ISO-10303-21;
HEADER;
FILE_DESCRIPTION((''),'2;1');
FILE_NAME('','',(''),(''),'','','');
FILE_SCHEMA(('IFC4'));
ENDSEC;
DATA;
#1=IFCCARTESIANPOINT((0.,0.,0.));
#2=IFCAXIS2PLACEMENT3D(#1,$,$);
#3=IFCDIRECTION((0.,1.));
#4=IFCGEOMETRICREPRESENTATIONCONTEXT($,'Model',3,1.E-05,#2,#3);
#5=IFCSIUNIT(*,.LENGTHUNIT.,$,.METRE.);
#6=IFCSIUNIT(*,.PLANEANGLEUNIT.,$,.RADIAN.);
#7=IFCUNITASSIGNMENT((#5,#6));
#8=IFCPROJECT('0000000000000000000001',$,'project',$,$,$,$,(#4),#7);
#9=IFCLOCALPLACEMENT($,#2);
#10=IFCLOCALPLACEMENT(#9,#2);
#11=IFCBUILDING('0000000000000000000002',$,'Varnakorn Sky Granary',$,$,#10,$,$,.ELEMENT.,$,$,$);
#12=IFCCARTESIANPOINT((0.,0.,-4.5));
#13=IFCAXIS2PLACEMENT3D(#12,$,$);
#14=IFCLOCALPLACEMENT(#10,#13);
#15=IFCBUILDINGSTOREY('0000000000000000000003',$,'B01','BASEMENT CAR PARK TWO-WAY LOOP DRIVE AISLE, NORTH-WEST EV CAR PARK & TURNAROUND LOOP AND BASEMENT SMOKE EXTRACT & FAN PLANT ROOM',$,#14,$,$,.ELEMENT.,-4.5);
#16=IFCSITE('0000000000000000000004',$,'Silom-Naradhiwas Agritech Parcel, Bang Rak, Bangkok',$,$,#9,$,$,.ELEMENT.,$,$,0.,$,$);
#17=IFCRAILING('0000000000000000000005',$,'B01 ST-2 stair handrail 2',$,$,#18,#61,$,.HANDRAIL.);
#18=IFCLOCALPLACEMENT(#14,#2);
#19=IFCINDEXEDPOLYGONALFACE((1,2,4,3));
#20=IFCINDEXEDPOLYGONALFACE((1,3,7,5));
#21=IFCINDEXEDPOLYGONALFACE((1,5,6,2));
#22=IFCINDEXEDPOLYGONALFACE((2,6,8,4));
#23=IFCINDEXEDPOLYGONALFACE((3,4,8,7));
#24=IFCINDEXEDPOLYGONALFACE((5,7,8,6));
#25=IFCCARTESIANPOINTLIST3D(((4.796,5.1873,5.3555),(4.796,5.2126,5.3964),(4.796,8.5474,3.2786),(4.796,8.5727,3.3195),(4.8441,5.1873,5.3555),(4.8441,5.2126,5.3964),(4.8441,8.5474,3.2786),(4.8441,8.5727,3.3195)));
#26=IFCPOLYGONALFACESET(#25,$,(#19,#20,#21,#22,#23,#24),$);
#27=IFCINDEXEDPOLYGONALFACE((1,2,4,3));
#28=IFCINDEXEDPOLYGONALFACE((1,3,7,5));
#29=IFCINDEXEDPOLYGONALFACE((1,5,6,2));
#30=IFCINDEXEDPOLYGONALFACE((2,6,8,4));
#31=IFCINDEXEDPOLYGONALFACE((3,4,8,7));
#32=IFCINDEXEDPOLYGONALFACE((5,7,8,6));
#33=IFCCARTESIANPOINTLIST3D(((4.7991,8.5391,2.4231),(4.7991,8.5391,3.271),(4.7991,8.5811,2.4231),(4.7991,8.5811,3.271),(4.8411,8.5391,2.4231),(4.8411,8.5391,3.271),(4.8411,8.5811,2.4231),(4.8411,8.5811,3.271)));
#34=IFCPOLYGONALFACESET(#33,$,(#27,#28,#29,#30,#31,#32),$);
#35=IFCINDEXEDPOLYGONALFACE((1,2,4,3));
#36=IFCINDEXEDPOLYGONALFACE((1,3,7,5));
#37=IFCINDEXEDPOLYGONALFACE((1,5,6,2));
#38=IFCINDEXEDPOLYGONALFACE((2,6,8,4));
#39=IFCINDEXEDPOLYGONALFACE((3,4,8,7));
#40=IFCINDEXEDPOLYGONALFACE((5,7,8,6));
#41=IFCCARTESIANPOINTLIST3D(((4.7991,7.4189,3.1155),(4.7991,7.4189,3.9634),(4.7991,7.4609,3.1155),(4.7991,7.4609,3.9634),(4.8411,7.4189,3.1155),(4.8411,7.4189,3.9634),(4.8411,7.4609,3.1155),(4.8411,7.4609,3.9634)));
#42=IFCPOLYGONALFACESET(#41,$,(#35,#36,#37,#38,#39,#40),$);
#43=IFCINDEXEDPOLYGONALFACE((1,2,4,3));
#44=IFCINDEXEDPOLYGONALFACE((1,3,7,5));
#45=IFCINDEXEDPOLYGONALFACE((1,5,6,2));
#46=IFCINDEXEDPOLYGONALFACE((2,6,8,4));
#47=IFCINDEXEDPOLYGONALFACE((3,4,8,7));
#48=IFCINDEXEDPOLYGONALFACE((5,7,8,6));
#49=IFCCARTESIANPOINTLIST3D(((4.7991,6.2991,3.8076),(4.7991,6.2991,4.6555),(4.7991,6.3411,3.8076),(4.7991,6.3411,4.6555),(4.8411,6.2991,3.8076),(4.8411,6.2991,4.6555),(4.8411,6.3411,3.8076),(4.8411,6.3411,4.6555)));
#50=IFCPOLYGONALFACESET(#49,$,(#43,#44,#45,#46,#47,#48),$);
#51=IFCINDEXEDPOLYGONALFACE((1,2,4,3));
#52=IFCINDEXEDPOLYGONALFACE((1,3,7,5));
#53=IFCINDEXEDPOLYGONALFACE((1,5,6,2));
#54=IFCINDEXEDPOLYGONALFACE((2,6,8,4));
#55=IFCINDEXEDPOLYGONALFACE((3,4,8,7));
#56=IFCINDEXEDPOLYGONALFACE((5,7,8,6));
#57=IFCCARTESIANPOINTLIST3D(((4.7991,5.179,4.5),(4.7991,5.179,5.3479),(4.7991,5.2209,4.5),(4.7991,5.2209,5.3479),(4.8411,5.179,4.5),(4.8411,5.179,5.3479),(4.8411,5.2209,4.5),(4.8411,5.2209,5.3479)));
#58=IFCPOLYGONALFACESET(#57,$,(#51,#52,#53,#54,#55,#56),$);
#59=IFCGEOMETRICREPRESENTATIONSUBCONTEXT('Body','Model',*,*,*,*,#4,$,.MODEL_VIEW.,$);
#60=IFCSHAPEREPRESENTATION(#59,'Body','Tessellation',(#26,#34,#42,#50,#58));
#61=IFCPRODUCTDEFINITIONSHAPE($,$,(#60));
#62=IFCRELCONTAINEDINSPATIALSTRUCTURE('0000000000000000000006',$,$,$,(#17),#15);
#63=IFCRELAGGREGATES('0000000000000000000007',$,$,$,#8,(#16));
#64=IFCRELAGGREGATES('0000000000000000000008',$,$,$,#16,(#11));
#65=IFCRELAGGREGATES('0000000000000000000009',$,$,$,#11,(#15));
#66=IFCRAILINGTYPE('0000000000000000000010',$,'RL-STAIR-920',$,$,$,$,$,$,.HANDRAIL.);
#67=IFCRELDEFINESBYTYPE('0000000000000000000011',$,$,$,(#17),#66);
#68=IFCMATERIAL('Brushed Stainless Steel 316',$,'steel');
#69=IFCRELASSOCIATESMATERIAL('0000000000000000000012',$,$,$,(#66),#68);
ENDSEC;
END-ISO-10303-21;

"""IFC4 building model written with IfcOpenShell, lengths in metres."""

from ifc_helpers import new_model, si_unit, direction, frame, origin, origin_2d, place, context, subcontext, project, spatial, rectangle, extrude, material, type_object, element, save


model = new_model("IFC4")

# Units and contexts
model_context = context("Model", 3, precision=1e-05, world=origin(), true_north=direction((0.0, 1.0)))
body_context = subcontext(model_context, "Body", "Model", "MODEL_VIEW")
ifc_project = project(units=[si_unit("LENGTHUNIT", "METRE"), si_unit("PLANEANGLEUNIT", "RADIAN")], contexts=[model_context])

# Site, building, storey
site_placement = place(None, origin())
site = spatial("IfcSite", under=ifc_project, at=site_placement, Name="Silom-Naradhiwas Agritech Parcel, Bang Rak, Bangkok", CompositionType="ELEMENT", RefElevation=0.0)
building_placement = place(site_placement, origin())
building = spatial("IfcBuilding", under=site, at=building_placement, Name="Varnakorn Sky Granary", CompositionType="ELEMENT")
storey_placement = place(building_placement, frame((0.0, 0.0, -4.5)))
storey = spatial("IfcBuildingStorey", under=building, at=storey_placement, Name="B01", Description="BASEMENT CAR PARK TWO-WAY LOOP DRIVE AISLE, NORTH-WEST EV CAR PARK & TURNAROUND LOOP AND BASEMENT SMOKE EXTRACT & FAN PLANT ROOM", CompositionType="ELEMENT", Elevation=-4.5)

# Railing
ifc_material_1 = material(Name="Brushed Stainless Steel 316", Category="steel")
railing_type_1 = type_object("IfcRailingType", Name="RL-STAIR-920", PredefinedType="HANDRAIL", material=ifc_material_1)
railing_1_placement = place(storey_placement, frame((4.8201, 8.5601, 2.4231)))
element("IfcRailing", 1, at=railing_1_placement, inside=storey, type_object=railing_type_1, Name="B01 ST-2 stair handrail 2", PredefinedType="HANDRAIL", context=body_context, shape_type="SweptSolid", body=[
    extrude(rectangle(XDim=0.0481, YDim=0.0481, at=origin_2d()), frame((0.0, 0.0, 0.876), z_axis=(0.0, -0.850623, 0.525776), x_axis=(1.0, 0.0, 0.0)), (0.0, 0.0, 1.0), 3.9502),
    extrude(rectangle(XDim=0.042, YDim=0.042, at=origin_2d()), origin(), (0.0, 0.0, 1.0), 0.8479),
    extrude(rectangle(XDim=0.042, YDim=0.042, at=origin_2d()), frame((0.0, -1.1201, 0.6924)), (0.0, 0.0, 1.0), 0.8479),
    extrude(rectangle(XDim=0.042, YDim=0.042, at=origin_2d()), frame((0.0, -2.24, 1.3845)), (0.0, 0.0, 1.0), 0.8479),
    extrude(rectangle(XDim=0.042, YDim=0.042, at=origin_2d()), frame((0.0, -3.3601, 2.0769)), (0.0, 0.0, 1.0), 0.8479),
])

save(model, "model.ifc")
